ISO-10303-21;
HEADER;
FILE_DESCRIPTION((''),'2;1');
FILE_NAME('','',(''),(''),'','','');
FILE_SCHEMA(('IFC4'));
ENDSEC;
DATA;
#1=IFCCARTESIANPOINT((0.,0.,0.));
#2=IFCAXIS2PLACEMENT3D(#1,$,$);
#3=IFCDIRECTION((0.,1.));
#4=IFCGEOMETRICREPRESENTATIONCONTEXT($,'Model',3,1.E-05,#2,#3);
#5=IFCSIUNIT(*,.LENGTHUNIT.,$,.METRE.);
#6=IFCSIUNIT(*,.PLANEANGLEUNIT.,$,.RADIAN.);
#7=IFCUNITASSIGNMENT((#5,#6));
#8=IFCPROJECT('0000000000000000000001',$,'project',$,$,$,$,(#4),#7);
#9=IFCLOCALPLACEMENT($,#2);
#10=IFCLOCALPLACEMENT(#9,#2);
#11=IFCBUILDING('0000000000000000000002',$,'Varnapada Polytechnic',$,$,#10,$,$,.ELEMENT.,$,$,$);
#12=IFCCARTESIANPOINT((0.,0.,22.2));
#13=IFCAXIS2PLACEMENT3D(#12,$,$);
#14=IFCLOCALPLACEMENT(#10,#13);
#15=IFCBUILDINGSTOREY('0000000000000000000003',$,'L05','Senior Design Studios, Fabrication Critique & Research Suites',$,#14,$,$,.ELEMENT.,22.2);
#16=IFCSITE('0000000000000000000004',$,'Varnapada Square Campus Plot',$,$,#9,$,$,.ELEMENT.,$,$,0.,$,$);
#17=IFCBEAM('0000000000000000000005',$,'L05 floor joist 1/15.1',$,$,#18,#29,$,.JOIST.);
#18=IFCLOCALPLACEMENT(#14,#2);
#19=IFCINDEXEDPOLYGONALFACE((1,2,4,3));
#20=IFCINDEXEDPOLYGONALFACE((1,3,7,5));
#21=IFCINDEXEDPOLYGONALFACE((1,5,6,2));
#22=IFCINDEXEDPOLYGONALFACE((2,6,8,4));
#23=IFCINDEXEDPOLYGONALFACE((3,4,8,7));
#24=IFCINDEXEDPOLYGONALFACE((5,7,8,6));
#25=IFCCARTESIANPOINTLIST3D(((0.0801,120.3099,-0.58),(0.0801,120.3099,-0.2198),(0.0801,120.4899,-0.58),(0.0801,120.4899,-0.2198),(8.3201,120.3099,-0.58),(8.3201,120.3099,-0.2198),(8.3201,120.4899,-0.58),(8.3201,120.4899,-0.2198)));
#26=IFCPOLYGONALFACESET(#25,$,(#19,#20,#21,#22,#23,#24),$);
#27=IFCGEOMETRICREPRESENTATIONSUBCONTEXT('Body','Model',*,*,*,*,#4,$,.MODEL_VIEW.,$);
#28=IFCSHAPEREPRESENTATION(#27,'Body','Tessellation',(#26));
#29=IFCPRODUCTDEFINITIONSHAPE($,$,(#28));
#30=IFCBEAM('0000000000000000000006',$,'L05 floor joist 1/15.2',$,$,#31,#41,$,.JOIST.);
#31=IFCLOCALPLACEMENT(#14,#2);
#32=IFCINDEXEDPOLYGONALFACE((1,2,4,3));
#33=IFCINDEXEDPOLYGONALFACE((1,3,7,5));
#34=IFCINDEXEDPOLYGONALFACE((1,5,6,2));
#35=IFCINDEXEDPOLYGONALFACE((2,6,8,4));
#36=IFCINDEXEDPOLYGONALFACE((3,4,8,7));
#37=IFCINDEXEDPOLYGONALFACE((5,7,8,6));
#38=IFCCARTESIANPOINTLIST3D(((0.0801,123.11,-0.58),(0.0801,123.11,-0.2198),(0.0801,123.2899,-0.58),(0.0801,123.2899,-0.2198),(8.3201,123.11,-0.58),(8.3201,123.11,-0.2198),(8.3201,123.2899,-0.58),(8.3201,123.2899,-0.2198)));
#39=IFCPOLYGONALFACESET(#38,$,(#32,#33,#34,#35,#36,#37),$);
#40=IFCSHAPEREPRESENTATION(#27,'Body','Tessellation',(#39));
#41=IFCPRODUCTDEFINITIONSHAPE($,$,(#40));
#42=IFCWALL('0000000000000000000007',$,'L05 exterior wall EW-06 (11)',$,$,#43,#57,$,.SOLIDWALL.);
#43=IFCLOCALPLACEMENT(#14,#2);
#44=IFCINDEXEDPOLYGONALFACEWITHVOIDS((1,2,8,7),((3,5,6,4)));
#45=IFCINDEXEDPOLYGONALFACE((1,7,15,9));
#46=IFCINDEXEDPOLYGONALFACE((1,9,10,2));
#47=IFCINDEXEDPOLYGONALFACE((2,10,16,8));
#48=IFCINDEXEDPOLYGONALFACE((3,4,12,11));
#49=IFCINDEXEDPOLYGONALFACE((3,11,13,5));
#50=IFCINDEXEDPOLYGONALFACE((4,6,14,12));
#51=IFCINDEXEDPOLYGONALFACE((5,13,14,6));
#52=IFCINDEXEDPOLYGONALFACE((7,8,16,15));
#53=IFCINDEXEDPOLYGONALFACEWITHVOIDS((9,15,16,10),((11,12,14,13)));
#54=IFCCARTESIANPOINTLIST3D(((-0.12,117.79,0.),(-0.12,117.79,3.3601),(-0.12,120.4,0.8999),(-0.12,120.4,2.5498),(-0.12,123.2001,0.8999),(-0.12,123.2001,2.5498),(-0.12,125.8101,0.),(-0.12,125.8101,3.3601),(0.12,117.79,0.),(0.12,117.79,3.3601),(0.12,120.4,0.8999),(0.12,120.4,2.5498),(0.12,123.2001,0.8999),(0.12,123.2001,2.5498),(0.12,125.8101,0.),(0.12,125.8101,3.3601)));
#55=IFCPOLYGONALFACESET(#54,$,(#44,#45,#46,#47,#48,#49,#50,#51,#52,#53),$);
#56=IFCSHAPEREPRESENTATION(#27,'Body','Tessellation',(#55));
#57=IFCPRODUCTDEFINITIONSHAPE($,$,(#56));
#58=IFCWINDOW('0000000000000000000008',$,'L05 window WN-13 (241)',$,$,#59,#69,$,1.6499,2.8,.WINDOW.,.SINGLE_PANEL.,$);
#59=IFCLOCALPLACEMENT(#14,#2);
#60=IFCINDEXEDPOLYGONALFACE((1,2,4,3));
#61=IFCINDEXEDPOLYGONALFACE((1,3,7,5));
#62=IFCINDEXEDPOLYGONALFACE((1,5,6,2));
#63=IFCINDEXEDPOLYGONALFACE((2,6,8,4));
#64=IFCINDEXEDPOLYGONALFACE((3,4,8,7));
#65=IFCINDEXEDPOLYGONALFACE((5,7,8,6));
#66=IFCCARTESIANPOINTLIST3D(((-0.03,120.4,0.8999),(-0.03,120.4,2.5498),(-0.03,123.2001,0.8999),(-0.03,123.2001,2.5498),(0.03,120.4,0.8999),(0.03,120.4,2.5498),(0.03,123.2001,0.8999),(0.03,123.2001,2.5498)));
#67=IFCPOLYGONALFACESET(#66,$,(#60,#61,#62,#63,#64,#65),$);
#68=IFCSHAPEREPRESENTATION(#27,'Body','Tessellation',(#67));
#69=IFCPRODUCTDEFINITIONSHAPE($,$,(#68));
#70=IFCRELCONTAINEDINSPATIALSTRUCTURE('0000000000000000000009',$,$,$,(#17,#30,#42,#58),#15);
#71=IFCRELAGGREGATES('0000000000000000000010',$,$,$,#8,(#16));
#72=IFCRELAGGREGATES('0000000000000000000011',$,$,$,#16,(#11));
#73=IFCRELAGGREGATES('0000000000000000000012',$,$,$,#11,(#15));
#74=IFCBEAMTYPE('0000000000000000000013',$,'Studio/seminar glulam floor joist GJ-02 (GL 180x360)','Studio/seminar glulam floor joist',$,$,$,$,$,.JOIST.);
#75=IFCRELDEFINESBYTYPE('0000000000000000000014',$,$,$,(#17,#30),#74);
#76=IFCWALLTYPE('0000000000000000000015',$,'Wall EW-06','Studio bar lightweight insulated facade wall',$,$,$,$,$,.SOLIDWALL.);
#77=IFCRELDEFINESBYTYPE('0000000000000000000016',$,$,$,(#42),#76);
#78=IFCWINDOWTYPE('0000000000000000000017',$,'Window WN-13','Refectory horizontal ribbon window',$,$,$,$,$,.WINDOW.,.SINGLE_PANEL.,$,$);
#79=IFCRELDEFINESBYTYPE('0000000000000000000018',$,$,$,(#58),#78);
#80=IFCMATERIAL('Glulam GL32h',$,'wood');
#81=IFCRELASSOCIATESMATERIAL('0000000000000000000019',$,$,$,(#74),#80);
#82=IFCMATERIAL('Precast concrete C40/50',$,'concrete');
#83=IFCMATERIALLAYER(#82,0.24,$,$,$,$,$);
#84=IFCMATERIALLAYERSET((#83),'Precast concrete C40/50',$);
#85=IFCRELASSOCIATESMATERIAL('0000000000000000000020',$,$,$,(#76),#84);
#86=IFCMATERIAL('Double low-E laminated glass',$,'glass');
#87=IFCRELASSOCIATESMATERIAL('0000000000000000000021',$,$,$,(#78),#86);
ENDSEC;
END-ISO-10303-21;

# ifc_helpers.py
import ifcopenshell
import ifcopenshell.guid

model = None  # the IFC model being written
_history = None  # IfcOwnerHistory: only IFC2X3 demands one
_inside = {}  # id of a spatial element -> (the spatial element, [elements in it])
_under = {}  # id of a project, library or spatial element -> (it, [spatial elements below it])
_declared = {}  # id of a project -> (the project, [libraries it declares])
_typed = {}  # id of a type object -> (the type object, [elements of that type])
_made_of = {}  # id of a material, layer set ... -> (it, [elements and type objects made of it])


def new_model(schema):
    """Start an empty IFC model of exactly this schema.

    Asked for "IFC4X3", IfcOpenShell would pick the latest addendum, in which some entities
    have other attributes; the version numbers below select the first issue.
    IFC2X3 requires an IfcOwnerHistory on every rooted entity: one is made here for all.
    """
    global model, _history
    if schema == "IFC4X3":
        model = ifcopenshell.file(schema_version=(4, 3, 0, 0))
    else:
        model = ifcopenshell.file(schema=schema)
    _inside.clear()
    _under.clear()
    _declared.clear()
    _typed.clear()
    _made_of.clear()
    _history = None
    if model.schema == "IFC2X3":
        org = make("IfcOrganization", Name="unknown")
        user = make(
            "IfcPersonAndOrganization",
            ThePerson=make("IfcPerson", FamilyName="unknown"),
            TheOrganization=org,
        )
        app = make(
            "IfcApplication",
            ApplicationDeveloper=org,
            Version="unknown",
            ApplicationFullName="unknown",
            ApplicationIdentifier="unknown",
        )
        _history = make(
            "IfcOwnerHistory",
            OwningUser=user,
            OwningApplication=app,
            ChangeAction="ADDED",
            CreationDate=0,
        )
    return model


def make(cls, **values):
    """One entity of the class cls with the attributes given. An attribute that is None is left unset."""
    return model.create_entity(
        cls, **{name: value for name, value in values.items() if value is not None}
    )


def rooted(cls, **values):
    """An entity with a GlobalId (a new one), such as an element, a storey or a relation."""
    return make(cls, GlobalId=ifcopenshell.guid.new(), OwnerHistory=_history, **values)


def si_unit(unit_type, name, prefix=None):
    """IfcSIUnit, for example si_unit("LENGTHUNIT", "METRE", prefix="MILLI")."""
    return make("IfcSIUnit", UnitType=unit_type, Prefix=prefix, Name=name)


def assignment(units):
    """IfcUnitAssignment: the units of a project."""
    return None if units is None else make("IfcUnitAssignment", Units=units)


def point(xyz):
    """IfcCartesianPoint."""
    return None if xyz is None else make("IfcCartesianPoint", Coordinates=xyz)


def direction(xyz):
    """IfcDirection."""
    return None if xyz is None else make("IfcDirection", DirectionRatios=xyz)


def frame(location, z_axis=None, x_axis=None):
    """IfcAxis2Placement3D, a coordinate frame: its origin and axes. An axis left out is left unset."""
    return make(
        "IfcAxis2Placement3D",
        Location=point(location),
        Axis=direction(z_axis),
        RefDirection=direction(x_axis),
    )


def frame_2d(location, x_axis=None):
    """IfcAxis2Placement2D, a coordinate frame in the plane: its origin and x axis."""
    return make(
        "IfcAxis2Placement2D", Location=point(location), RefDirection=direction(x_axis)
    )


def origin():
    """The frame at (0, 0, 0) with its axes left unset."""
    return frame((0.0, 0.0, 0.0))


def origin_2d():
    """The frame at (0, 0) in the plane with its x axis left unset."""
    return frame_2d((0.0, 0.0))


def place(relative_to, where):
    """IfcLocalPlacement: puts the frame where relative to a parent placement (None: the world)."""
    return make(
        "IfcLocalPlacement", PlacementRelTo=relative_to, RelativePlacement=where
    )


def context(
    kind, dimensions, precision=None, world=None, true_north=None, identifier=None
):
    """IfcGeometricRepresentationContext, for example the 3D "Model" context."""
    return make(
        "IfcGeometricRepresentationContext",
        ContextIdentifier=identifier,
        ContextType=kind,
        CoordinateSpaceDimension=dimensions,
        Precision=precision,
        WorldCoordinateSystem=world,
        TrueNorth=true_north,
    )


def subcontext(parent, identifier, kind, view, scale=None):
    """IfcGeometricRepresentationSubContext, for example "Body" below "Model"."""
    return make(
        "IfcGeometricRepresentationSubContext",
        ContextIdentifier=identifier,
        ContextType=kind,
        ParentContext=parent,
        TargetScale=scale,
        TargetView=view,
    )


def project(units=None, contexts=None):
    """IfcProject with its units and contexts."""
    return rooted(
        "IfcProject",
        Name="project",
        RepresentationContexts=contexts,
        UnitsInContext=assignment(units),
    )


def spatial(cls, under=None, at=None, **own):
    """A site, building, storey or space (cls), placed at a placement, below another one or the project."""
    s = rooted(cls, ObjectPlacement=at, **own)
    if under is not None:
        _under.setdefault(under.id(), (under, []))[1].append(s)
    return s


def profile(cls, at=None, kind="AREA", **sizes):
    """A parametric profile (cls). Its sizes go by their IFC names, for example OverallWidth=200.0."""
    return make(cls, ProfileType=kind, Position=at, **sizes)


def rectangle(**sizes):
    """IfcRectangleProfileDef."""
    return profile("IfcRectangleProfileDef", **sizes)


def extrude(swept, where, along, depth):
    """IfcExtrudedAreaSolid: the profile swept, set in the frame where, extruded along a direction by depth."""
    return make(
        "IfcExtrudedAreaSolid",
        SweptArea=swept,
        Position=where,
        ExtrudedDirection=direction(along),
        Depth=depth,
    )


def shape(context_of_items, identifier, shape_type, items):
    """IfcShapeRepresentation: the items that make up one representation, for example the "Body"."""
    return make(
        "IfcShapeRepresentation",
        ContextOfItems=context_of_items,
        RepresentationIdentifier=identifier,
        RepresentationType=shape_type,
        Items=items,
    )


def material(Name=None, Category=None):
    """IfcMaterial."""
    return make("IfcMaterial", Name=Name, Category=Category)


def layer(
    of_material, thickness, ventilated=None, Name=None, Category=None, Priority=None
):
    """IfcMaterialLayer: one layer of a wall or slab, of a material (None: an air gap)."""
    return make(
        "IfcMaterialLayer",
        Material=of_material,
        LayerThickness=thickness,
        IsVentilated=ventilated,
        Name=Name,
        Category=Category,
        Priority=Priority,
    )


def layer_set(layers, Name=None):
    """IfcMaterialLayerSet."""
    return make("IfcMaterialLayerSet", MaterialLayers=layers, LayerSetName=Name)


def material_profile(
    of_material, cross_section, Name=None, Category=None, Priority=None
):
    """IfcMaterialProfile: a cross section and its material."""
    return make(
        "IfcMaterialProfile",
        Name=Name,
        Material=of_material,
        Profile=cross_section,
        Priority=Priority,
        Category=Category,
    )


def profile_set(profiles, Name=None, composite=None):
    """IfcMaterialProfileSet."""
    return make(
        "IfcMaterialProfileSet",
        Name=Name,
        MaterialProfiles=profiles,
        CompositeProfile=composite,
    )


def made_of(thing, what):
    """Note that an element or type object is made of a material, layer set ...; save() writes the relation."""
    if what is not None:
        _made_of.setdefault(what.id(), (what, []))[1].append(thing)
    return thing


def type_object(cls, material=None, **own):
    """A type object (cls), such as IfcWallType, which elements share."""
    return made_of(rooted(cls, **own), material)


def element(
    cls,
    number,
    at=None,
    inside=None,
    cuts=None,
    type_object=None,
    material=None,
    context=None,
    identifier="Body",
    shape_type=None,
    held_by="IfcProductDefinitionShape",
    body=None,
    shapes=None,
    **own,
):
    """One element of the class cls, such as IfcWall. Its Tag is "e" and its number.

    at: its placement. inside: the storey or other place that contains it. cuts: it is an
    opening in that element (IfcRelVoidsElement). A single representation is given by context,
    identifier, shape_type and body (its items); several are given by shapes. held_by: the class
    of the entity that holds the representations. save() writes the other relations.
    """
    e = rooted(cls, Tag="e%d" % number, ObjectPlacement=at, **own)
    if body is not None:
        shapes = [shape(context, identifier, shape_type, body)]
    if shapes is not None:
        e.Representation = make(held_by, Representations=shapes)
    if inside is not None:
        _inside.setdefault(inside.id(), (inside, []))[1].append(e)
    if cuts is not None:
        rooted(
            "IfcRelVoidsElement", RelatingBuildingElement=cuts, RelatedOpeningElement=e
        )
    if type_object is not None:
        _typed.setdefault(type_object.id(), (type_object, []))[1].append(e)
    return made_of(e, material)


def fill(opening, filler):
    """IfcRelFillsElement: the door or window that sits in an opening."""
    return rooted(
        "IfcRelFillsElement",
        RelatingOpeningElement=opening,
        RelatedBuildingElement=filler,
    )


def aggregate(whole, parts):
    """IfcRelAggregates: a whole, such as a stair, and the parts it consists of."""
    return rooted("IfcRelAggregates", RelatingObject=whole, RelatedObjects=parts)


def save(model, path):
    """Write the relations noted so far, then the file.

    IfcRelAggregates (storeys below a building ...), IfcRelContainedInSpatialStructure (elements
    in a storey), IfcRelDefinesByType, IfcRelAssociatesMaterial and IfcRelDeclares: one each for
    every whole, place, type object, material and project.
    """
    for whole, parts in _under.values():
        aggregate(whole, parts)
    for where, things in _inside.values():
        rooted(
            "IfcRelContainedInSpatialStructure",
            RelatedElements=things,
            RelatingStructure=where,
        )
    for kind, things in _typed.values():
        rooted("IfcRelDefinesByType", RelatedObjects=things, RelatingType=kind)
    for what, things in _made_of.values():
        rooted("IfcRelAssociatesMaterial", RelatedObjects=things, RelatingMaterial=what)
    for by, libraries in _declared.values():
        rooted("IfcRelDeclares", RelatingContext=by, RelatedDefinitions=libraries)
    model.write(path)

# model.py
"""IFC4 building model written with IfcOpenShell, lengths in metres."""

from ifc_helpers import new_model, si_unit, direction, frame, frame_2d, origin, origin_2d, place, context, subcontext, project, spatial, rectangle, extrude, material, layer, layer_set, material_profile, profile_set, type_object, element, fill, save


model = new_model("IFC4")

# Units and contexts
model_context = context("Model", 3, precision=1e-05, world=origin(), true_north=direction((0.0, 1.0)))
body_context = subcontext(model_context, "Body", "Model", "MODEL_VIEW")
ifc_project = project(units=[si_unit("LENGTHUNIT", "METRE"), si_unit("PLANEANGLEUNIT", "RADIAN")], contexts=[model_context])

# Site, building, storey
site_placement = place(None, origin())
site = spatial("IfcSite", under=ifc_project, at=site_placement, Name="Varnapada Square Campus Plot", CompositionType="ELEMENT", RefElevation=0.0)
building_placement = place(site_placement, origin())
building = spatial("IfcBuilding", under=site, at=building_placement, Name="Varnapada Polytechnic", CompositionType="ELEMENT")
storey_placement = place(building_placement, frame((0.0, 0.0, 22.2)))
storey = spatial("IfcBuildingStorey", under=building, at=storey_placement, Name="L05", Description="Senior Design Studios, Fabrication Critique & Research Suites", CompositionType="ELEMENT", Elevation=22.2)

# Beams
ifc_material_1 = material(Name="Glulam GL32h", Category="wood")
ifc_material_profile = material_profile(ifc_material_1, rectangle(XDim=0.1799, YDim=0.3601, at=origin_2d()), Name="GL 180x360")
ifc_profile_set = profile_set([ifc_material_profile], Name="Glulam GL32h")
beam_type = type_object("IfcBeamType", Name="Studio/seminar glulam floor joist GJ-02 (GL 180x360)", Description="Studio/seminar glulam floor joist", PredefinedType="JOIST", material=ifc_profile_set)
for number, where, z_axis, x_axis, name in (
    (1, (0.0801, 120.3999, -0.3999), (1.0, 0.0, 0.0), (0.0, 1.0, 0.0), "L05 floor joist 1/15.1"),
    (2, (0.0801, 123.2, -0.3999), (1.0, 0.0, 0.0), (0.0, 1.0, 0.0), "L05 floor joist 1/15.2"),
):
    element("IfcBeam", number, at=place(storey_placement, frame(where, z_axis=z_axis, x_axis=x_axis)), inside=storey, type_object=beam_type, Name=name, PredefinedType="JOIST", context=body_context, shape_type="SweptSolid", body=[
        extrude(rectangle(XDim=0.1799, YDim=0.3601, at=origin_2d()), origin(), (0.0, 0.0, 1.0), 8.24),
    ])

# Wall, opening, window
ifc_material_2 = material(Name="Precast concrete C40/50", Category="concrete")
ifc_layer_1 = layer(ifc_material_2, 0.24)
ifc_layer_set_1 = layer_set([ifc_layer_1], Name="Precast concrete C40/50")
wall_type = type_object("IfcWallType", Name="Wall EW-06", Description="Studio bar lightweight insulated facade wall", PredefinedType="SOLIDWALL", material=ifc_layer_set_1)
wall_placement = place(storey_placement, frame((0.0, 117.79, 0.0), z_axis=(0.0, 0.0, 1.0), x_axis=(0.0, 1.0, 0.0)))
wall = element("IfcWall", 3, at=wall_placement, inside=storey, type_object=wall_type, Name="L05 exterior wall EW-06 (11)", PredefinedType="SOLIDWALL", context=body_context, shape_type="SweptSolid", body=[
    extrude(rectangle(XDim=8.02, YDim=0.24, at=frame_2d((4.01, 0.0))), origin(), (0.0, 0.0, 1.0), 3.3601),
])
opening_1_placement = place(wall_placement, frame((2.6101, 0.0, 0.8999)))
opening_1 = element("IfcOpeningElement", 4, at=opening_1_placement, cuts=wall, PredefinedType="OPENING", context=body_context, shape_type="SweptSolid", body=[
    extrude(rectangle(XDim=2.8, YDim=1.6499, at=frame_2d((1.3999, 0.825))), frame((0.0, 0.1299, 0.0), z_axis=(0.0, -1.0, 0.0), x_axis=(1.0, 0.0, 0.0)), (0.0, 0.0, 1.0), 0.26),
])
ifc_material_3 = material(Name="Double low-E laminated glass", Category="glass")
window_type = type_object("IfcWindowType", Name="Window WN-13", Description="Refectory horizontal ribbon window", PartitioningType="SINGLE_PANEL", PredefinedType="WINDOW", material=ifc_material_3)
window_placement = place(opening_1_placement, origin())
window = element("IfcWindow", 5, at=window_placement, inside=storey, type_object=window_type, Name="L05 window WN-13 (241)", OverallHeight=1.6499, OverallWidth=2.8, PartitioningType="SINGLE_PANEL", PredefinedType="WINDOW", context=body_context, shape_type="SweptSolid", body=[
    extrude(rectangle(XDim=2.8, YDim=1.6499, at=frame_2d((1.3999, 0.825))), frame((0.0, 0.03, 0.0), z_axis=(0.0, -1.0, 0.0), x_axis=(1.0, 0.0, 0.0)), (0.0, 0.0, 1.0), 0.0601),
])
fill(opening_1, window)

save(model, "model.ifc")
